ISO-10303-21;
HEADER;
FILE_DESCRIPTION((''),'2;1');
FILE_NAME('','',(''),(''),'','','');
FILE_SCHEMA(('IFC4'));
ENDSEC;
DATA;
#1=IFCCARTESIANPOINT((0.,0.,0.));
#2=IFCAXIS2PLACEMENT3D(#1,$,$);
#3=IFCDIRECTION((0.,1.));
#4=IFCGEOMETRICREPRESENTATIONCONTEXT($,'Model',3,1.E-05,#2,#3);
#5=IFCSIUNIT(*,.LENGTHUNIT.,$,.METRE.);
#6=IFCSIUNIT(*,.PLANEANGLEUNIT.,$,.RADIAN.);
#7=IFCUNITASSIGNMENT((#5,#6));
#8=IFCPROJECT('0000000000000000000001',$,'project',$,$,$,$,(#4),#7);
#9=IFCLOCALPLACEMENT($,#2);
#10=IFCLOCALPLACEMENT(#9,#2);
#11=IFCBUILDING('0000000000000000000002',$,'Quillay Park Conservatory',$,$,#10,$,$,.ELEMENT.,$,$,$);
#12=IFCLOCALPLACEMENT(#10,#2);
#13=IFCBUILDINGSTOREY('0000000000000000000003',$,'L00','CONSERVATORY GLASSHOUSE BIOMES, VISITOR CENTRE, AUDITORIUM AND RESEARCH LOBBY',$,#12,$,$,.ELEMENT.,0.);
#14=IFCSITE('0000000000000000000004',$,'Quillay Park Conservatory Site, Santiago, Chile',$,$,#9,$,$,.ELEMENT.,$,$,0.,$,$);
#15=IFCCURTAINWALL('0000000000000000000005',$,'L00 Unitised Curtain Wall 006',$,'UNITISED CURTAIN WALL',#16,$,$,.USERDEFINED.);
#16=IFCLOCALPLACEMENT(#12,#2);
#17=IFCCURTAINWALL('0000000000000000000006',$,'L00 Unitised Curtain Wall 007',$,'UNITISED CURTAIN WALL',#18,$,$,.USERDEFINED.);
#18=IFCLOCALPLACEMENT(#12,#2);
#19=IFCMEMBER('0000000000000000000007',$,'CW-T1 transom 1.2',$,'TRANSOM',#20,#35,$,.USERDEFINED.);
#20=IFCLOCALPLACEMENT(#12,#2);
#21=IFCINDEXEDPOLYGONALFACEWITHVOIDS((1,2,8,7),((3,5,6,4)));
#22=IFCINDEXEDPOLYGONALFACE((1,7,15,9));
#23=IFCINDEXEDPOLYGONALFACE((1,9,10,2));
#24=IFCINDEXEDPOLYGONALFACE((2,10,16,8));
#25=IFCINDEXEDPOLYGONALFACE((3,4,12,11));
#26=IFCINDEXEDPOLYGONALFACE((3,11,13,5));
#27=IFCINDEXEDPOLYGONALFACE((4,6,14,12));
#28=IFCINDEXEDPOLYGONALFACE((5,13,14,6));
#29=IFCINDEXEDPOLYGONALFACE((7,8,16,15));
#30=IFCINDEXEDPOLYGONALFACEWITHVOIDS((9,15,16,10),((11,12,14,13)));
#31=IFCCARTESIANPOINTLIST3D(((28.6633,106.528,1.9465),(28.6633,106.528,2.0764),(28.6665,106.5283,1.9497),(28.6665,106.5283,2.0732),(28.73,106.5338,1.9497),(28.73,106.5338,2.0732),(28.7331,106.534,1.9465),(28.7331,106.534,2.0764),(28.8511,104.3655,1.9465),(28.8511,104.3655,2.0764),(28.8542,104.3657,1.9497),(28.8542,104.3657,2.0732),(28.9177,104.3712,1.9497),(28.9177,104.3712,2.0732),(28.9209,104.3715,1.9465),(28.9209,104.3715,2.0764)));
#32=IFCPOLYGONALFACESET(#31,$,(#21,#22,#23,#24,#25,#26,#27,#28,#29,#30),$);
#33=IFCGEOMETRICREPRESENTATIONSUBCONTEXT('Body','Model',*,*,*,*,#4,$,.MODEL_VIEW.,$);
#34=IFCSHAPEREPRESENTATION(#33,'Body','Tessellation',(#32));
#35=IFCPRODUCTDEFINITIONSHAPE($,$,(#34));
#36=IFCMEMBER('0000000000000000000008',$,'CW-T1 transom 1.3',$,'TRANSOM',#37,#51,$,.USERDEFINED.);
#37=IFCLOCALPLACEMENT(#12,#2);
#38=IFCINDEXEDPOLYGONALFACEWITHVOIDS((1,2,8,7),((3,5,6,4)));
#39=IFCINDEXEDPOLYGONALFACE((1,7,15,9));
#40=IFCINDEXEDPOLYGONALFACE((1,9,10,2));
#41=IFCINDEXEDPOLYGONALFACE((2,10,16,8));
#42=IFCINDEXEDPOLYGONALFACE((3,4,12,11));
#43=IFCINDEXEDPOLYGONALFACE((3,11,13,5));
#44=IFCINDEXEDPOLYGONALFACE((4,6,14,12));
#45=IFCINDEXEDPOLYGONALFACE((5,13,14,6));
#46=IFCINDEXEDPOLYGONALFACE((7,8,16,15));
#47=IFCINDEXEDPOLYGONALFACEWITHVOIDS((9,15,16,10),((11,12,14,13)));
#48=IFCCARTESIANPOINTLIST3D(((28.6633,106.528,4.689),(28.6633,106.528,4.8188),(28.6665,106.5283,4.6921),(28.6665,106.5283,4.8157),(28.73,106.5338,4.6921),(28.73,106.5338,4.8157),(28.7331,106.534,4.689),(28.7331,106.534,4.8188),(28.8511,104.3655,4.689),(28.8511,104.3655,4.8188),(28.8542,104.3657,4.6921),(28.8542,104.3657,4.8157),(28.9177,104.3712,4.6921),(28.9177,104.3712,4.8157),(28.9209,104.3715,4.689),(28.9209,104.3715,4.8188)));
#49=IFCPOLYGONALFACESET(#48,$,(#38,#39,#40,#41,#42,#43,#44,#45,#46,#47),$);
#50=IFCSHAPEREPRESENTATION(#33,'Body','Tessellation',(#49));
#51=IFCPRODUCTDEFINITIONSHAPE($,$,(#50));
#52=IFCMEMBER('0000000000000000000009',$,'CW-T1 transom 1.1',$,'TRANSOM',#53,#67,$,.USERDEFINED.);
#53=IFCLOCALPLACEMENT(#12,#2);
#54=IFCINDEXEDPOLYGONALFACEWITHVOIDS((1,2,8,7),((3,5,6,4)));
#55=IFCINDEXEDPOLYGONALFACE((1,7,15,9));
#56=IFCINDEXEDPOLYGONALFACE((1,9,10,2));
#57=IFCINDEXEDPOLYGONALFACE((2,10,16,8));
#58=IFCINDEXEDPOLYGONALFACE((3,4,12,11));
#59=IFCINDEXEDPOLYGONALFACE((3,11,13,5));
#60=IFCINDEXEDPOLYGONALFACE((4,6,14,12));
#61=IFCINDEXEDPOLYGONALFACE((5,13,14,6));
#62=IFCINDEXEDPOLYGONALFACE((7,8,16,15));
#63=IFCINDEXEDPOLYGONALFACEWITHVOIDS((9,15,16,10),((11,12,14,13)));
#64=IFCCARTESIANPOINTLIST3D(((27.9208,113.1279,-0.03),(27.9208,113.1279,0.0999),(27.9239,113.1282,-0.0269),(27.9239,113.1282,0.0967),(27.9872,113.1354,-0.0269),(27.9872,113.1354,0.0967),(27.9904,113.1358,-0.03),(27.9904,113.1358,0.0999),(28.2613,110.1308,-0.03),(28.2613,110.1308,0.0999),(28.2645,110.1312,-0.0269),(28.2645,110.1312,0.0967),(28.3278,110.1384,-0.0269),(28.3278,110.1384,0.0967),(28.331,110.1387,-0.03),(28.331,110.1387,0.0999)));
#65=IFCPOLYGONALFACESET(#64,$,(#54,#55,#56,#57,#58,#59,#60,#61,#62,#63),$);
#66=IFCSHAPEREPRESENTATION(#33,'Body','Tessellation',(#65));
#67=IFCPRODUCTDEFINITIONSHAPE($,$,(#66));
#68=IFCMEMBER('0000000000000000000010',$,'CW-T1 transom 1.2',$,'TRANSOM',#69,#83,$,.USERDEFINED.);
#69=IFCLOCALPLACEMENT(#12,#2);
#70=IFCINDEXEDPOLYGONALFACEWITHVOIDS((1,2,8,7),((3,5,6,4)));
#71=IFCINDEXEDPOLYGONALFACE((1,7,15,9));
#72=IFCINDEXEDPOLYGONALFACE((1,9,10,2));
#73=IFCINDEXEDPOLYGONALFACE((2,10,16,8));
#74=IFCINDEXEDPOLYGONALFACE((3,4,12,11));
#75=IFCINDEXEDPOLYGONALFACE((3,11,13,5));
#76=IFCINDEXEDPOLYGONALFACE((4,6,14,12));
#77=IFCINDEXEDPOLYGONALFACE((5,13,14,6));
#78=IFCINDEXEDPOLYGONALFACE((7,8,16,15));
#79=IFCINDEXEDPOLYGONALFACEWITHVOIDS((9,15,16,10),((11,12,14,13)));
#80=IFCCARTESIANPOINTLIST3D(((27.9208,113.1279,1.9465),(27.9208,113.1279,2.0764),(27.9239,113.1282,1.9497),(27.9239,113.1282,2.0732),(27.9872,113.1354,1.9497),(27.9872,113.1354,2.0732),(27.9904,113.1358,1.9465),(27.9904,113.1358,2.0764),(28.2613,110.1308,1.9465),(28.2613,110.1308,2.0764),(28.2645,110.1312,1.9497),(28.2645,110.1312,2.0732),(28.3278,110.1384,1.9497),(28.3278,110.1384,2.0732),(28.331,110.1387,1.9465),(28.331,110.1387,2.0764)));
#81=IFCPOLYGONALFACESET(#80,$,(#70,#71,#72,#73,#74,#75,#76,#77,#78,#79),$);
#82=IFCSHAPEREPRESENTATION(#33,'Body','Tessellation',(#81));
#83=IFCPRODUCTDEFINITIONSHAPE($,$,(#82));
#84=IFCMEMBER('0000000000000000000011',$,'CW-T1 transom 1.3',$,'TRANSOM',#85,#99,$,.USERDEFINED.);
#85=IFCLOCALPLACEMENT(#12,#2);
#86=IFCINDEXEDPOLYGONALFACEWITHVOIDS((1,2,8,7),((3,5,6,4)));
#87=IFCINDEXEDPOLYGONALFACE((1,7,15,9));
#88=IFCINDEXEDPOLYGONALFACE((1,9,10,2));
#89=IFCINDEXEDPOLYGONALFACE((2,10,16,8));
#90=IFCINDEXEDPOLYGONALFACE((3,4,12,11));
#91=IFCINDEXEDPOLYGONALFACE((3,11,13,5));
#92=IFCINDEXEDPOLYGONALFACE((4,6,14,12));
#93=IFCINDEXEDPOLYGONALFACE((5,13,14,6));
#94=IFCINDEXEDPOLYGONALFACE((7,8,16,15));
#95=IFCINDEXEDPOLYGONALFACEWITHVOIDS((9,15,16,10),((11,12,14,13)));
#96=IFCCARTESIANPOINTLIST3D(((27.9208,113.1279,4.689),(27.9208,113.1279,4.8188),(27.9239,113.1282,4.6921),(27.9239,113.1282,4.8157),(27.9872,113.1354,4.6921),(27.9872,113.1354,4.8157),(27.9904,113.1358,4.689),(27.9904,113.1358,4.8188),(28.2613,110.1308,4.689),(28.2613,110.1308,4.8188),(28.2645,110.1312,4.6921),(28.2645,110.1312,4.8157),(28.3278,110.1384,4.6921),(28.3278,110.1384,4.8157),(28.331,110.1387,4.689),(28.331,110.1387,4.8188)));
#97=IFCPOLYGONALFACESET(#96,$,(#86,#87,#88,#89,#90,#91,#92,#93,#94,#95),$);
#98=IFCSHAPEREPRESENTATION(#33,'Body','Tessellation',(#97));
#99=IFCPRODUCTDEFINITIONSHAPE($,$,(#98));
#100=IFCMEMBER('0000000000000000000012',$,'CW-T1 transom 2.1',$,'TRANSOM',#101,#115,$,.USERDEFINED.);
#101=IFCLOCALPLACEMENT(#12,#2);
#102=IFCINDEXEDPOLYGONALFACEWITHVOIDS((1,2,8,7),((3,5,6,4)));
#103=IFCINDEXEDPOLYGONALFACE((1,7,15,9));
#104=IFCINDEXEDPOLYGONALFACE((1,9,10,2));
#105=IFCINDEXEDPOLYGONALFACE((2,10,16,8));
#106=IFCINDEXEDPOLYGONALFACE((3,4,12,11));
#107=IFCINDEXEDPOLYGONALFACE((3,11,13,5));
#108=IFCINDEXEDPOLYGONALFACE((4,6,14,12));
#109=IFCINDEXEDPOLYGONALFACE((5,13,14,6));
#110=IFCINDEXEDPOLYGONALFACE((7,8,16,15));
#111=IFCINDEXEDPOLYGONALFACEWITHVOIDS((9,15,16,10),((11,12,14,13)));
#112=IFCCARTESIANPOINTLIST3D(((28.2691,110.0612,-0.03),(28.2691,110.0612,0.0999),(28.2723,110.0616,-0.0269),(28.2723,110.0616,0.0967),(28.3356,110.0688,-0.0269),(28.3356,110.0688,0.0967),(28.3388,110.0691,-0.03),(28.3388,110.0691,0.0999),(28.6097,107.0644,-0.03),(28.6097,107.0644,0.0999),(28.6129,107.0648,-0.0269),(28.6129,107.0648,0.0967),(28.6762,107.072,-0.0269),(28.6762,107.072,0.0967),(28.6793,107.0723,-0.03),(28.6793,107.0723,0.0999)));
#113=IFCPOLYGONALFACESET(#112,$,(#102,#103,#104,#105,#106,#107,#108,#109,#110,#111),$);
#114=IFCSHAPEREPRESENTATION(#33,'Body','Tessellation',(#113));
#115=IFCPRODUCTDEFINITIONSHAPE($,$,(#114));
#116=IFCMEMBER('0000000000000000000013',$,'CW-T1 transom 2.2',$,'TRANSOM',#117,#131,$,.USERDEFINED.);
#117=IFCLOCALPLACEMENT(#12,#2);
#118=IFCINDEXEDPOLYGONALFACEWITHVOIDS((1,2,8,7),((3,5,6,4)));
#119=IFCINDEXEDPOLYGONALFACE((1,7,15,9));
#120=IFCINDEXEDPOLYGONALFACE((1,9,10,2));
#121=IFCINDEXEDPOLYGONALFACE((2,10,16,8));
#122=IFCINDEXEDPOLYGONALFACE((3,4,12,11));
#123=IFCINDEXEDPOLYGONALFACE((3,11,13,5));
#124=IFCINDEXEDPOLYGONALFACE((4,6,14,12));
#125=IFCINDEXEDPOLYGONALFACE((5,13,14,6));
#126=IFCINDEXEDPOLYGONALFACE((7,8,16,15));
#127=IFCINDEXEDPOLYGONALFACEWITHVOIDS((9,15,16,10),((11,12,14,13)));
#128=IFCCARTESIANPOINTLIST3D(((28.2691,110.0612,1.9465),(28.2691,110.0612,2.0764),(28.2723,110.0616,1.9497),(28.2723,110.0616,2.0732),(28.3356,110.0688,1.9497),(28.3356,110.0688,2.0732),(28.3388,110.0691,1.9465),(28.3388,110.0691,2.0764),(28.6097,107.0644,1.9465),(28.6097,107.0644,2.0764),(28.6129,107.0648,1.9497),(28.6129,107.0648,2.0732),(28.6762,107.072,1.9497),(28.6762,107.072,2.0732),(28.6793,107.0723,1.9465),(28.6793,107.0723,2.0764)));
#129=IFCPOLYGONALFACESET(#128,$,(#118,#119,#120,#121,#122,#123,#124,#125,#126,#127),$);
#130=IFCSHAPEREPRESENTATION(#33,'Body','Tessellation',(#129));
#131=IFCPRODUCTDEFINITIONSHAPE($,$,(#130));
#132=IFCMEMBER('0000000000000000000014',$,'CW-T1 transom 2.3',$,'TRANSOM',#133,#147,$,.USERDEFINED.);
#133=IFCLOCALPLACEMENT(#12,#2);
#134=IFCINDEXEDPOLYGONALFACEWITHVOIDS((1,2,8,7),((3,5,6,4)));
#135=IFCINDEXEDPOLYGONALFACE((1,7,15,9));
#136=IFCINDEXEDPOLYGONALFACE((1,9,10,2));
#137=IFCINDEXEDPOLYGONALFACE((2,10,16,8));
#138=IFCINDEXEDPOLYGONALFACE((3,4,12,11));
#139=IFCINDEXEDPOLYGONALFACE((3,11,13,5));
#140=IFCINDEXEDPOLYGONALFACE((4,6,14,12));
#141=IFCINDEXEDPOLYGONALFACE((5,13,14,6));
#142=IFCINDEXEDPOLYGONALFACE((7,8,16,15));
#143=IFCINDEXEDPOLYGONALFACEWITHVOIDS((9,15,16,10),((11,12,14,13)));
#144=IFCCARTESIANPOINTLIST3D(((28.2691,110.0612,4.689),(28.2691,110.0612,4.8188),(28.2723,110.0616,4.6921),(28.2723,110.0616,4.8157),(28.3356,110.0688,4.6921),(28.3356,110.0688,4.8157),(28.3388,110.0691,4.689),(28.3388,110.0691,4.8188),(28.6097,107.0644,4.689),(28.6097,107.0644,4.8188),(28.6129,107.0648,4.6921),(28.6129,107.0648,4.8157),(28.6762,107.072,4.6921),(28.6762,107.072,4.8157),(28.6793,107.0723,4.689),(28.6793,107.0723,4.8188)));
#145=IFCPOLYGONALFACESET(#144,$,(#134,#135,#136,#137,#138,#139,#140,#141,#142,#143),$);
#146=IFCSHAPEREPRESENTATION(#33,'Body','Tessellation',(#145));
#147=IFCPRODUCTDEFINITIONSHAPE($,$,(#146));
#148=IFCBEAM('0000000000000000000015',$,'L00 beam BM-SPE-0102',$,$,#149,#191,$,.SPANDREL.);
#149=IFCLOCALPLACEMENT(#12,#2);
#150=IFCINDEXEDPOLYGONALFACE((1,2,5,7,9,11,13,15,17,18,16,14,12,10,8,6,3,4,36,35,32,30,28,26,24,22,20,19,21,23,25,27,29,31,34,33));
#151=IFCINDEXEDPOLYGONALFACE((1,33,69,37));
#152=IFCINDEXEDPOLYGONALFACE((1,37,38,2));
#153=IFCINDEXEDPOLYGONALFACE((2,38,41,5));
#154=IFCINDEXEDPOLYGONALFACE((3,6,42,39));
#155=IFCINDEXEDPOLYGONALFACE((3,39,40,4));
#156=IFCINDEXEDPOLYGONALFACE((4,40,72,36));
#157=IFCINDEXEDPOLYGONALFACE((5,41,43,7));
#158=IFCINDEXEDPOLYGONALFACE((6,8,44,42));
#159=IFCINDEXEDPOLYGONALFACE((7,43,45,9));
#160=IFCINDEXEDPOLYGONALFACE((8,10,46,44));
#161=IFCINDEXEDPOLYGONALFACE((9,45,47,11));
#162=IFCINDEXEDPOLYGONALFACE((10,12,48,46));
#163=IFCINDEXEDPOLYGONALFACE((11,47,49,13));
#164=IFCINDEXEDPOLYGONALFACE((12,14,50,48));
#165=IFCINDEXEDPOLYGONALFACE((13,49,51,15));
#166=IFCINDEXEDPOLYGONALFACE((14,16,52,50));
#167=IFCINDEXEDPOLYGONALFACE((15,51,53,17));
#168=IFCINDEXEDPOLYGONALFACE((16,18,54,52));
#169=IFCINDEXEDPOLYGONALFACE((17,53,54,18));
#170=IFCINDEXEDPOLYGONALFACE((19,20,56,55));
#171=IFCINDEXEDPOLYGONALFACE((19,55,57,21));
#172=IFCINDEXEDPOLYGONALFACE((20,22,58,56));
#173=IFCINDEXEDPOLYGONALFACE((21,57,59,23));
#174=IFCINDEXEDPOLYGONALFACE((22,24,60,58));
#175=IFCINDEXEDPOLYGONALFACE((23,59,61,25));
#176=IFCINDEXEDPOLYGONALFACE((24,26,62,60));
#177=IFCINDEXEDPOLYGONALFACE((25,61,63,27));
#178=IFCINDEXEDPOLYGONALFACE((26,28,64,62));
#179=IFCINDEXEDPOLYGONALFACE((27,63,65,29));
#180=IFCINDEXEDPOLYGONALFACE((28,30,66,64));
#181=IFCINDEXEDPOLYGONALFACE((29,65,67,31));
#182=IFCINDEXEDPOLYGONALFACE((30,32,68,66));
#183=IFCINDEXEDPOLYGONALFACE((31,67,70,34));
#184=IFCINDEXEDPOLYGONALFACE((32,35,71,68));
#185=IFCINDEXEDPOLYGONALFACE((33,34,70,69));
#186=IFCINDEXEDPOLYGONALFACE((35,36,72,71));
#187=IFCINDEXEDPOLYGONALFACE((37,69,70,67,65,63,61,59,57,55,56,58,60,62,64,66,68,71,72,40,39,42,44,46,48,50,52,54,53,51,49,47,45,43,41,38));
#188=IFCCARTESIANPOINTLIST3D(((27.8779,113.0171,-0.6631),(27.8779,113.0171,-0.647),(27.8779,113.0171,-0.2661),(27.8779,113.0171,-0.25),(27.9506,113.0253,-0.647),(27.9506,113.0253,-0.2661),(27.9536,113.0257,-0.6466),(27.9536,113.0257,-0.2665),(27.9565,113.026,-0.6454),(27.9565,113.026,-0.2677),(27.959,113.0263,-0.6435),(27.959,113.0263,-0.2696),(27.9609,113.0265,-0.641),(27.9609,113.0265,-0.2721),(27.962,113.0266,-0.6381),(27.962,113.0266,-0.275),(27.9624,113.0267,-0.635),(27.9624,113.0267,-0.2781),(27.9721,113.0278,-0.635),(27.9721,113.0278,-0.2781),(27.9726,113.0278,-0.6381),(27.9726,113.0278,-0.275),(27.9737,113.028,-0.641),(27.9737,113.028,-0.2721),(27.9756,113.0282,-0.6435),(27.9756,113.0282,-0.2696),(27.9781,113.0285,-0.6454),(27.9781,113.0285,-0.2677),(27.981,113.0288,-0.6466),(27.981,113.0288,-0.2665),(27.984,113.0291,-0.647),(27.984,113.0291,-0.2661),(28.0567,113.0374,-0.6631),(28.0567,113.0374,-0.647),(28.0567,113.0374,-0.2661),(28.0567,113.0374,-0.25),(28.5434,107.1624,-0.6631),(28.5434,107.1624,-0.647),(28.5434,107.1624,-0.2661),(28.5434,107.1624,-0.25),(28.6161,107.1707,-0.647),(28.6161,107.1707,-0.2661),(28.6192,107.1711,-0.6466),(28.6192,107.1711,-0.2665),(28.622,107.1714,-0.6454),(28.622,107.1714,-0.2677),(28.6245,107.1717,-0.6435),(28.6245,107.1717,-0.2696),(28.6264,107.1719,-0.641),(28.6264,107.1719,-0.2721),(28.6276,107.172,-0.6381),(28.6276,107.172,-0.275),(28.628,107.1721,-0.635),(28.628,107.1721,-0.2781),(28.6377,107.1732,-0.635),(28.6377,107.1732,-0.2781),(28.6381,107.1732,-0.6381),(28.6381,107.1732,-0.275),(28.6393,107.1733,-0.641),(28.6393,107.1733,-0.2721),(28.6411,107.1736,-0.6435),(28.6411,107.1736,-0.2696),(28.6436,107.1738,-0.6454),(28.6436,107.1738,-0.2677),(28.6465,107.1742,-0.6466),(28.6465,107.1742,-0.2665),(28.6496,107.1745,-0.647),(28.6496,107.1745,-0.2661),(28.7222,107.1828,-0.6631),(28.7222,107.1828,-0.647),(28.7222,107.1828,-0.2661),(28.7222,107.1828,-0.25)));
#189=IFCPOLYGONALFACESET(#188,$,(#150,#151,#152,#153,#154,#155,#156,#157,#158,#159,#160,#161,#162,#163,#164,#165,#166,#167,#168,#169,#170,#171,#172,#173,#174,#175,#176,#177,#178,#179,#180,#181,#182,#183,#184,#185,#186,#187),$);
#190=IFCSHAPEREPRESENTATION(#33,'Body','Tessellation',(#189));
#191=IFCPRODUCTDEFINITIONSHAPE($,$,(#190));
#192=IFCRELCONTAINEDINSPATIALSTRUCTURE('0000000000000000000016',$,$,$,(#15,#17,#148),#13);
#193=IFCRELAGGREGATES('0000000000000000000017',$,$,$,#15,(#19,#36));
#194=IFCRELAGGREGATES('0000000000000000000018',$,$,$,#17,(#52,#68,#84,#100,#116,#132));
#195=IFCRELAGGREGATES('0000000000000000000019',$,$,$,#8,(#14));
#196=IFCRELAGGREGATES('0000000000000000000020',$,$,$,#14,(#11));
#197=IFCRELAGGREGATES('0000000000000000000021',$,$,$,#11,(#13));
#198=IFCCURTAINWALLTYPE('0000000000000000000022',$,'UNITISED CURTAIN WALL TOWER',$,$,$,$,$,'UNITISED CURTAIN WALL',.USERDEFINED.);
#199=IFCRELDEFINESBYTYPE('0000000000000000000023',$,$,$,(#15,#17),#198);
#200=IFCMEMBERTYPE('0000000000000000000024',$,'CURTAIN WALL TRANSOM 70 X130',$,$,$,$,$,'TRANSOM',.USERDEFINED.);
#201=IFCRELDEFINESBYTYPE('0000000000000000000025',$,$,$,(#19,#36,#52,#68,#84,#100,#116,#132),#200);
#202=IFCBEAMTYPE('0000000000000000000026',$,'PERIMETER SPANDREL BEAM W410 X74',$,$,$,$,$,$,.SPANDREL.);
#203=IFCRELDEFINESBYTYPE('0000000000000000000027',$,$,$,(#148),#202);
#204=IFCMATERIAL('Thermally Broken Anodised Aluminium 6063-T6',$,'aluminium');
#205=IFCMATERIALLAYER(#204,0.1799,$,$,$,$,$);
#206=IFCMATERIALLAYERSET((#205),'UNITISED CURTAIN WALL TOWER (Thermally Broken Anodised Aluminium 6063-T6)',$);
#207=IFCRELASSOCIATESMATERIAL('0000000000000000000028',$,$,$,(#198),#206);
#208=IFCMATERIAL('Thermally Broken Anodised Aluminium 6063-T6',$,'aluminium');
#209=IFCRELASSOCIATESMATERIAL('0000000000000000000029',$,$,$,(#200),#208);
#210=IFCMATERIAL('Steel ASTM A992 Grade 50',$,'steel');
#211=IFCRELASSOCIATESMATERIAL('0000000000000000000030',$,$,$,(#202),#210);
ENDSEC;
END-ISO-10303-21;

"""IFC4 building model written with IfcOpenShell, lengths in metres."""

from ifc_helpers import new_model, si_unit, direction, frame, origin, origin_2d, place, context, subcontext, project, spatial, hollow_rectangle, i_section, extrude, material, layer, layer_set, material_profile, profile_set, type_object, element, aggregate, save


model = new_model("IFC4")

# Units and contexts
model_context = context("Model", 3, precision=1e-05, world=origin(), true_north=direction((0.0, 1.0)))
body_context = subcontext(model_context, "Body", "Model", "MODEL_VIEW")
ifc_project = project(units=[si_unit("LENGTHUNIT", "METRE"), si_unit("PLANEANGLEUNIT", "RADIAN")], contexts=[model_context])

# Site, building, storey
site_placement = place(None, origin())
site = spatial("IfcSite", under=ifc_project, at=site_placement, Name="Quillay Park Conservatory Site, Santiago, Chile", CompositionType="ELEMENT", RefElevation=0.0)
building_placement = place(site_placement, origin())
building = spatial("IfcBuilding", under=site, at=building_placement, Name="Quillay Park Conservatory", CompositionType="ELEMENT")
storey_placement = place(building_placement, origin())
storey = spatial("IfcBuildingStorey", under=building, at=storey_placement, Name="L00", Description="CONSERVATORY GLASSHOUSE BIOMES, VISITOR CENTRE, AUDITORIUM AND RESEARCH LOBBY", CompositionType="ELEMENT", Elevation=0.0)

# Curtain wall
ifc_material_1 = material(Name="Thermally Broken Anodised Aluminium 6063-T6", Category="aluminium")
ifc_layer_1 = layer(ifc_material_1, 0.1799)
ifc_layer_set_1 = layer_set([ifc_layer_1], Name="UNITISED CURTAIN WALL TOWER (Thermally Broken Anodised Aluminium 6063-T6)")
curtain_wall_type = type_object("IfcCurtainWallType", Name="UNITISED CURTAIN WALL TOWER", ElementType="UNITISED CURTAIN WALL", PredefinedType="USERDEFINED", material=ifc_layer_set_1)
curtain_wall_1_placement = place(storey_placement, origin())
curtain_wall_1 = element("IfcCurtainWall", 1, at=curtain_wall_1_placement, inside=storey, type_object=curtain_wall_type, Name="L00 Unitised Curtain Wall 006", ObjectType="UNITISED CURTAIN WALL", PredefinedType="USERDEFINED")

# Curtain wall
curtain_wall_2_placement = place(storey_placement, origin())
curtain_wall_2 = element("IfcCurtainWall", 2, at=curtain_wall_2_placement, inside=storey, type_object=curtain_wall_type, Name="L00 Unitised Curtain Wall 007", ObjectType="UNITISED CURTAIN WALL", PredefinedType="USERDEFINED")

# Members
ifc_material_2 = material(Name="Thermally Broken Anodised Aluminium 6063-T6", Category="aluminium")
ifc_material_profile_1 = material_profile(ifc_material_2, hollow_rectangle(XDim=0.0701, YDim=0.1299, WallThickness=0.0032, at=origin_2d()), Name="AL70x130x3.2")
ifc_profile_set_1 = profile_set([ifc_material_profile_1], Name="Thermally Broken Anodised Aluminium 6063-T6")
member_type_1 = type_object("IfcMemberType", Name="CURTAIN WALL TRANSOM 70 X130", ElementType="TRANSOM", PredefinedType="USERDEFINED", material=ifc_profile_set_1)
member_1_placement = place(storey_placement, frame((28.6982, 106.531, 2.0115), z_axis=(0.086489, -0.996253, 0.0), x_axis=(0.996253, 0.086489, 0.0)))
member_1 = element("IfcMember", 3, at=member_1_placement, type_object=member_type_1, Name="CW-T1 transom 1.2", ObjectType="TRANSOM", PredefinedType="USERDEFINED", context=body_context, shape_type="SweptSolid", body=[
    extrude(hollow_rectangle(XDim=0.0701, YDim=0.1299, WallThickness=0.0032, at=origin_2d()), origin(), (0.0, 0.0, 1.0), 2.1707),
])
member_2_placement = place(storey_placement, frame((28.6982, 106.531, 4.7539), z_axis=(0.086489, -0.996253, 0.0), x_axis=(0.996253, 0.086489, 0.0)))
member_2 = element("IfcMember", 4, at=member_2_placement, type_object=member_type_1, Name="CW-T1 transom 1.3", ObjectType="TRANSOM", PredefinedType="USERDEFINED", context=body_context, shape_type="SweptSolid", body=[
    extrude(hollow_rectangle(XDim=0.0701, YDim=0.1299, WallThickness=0.0032, at=origin_2d()), origin(), (0.0, 0.0, 1.0), 2.1707),
])
aggregate(curtain_wall_1, [member_1, member_2])
member_3_placement = place(storey_placement, frame((27.9556, 113.1318, 0.0349), z_axis=(0.11291, -0.993605, 0.0), x_axis=(0.993605, 0.11291, 0.0)))
member_3 = element("IfcMember", 5, at=member_3_placement, type_object=member_type_1, Name="CW-T1 transom 1.1", ObjectType="TRANSOM", PredefinedType="USERDEFINED", context=body_context, shape_type="SweptSolid", body=[
    extrude(hollow_rectangle(XDim=0.0701, YDim=0.1299, WallThickness=0.0032, at=origin_2d()), origin(), (0.0, 0.0, 1.0), 3.0164),
])
member_4_placement = place(storey_placement, frame((27.9556, 113.1318, 2.0115), z_axis=(0.11291, -0.993605, 0.0), x_axis=(0.993605, 0.11291, 0.0)))
member_4 = element("IfcMember", 6, at=member_4_placement, type_object=member_type_1, Name="CW-T1 transom 1.2", ObjectType="TRANSOM", PredefinedType="USERDEFINED", context=body_context, shape_type="SweptSolid", body=[
    extrude(hollow_rectangle(XDim=0.0701, YDim=0.1299, WallThickness=0.0032, at=origin_2d()), origin(), (0.0, 0.0, 1.0), 3.0164),
])
member_5_placement = place(storey_placement, frame((27.9556, 113.1318, 4.7539), z_axis=(0.11291, -0.993605, 0.0), x_axis=(0.993605, 0.11291, 0.0)))
member_5 = element("IfcMember", 7, at=member_5_placement, type_object=member_type_1, Name="CW-T1 transom 1.3", ObjectType="TRANSOM", PredefinedType="USERDEFINED", context=body_context, shape_type="SweptSolid", body=[
    extrude(hollow_rectangle(XDim=0.0701, YDim=0.1299, WallThickness=0.0032, at=origin_2d()), origin(), (0.0, 0.0, 1.0), 3.0164),
])
member_6_placement = place(storey_placement, frame((28.304, 110.0652, 0.0349), z_axis=(0.112919, -0.993604, 0.0), x_axis=(0.993604, 0.112919, 0.0)))
member_6 = element("IfcMember", 8, at=member_6_placement, type_object=member_type_1, Name="CW-T1 transom 2.1", ObjectType="TRANSOM", PredefinedType="USERDEFINED", context=body_context, shape_type="SweptSolid", body=[
    extrude(hollow_rectangle(XDim=0.0701, YDim=0.1299, WallThickness=0.0032, at=origin_2d()), origin(), (0.0, 0.0, 1.0), 3.0161),
])
member_7_placement = place(storey_placement, frame((28.304, 110.0652, 2.0115), z_axis=(0.112919, -0.993604, 0.0), x_axis=(0.993604, 0.112919, 0.0)))
member_7 = element("IfcMember", 9, at=member_7_placement, type_object=member_type_1, Name="CW-T1 transom 2.2", ObjectType="TRANSOM", PredefinedType="USERDEFINED", context=body_context, shape_type="SweptSolid", body=[
    extrude(hollow_rectangle(XDim=0.0701, YDim=0.1299, WallThickness=0.0032, at=origin_2d()), origin(), (0.0, 0.0, 1.0), 3.0161),
])
member_8_placement = place(storey_placement, frame((28.304, 110.0652, 4.7539), z_axis=(0.112919, -0.993604, 0.0), x_axis=(0.993604, 0.112919, 0.0)))
member_8 = element("IfcMember", 10, at=member_8_placement, type_object=member_type_1, Name="CW-T1 transom 2.3", ObjectType="TRANSOM", PredefinedType="USERDEFINED", context=body_context, shape_type="SweptSolid", body=[
    extrude(hollow_rectangle(XDim=0.0701, YDim=0.1299, WallThickness=0.0032, at=origin_2d()), origin(), (0.0, 0.0, 1.0), 3.0161),
])

# Beam
ifc_material_3 = material(Name="Steel ASTM A992 Grade 50", Category="steel")
ifc_material_profile_2 = material_profile(ifc_material_3, i_section(OverallWidth=0.1799, OverallDepth=0.4131, WebThickness=0.0098, FlangeThickness=0.0161, FilletRadius=0.012, at=origin_2d()), Name="W410x74")
ifc_profile_set_2 = profile_set([ifc_material_profile_2], Name="Steel ASTM A992 Grade 50")
beam_type = type_object("IfcBeamType", Name="PERIMETER SPANDREL BEAM W410 X74", PredefinedType="SPANDREL", material=ifc_profile_set_2)
beam_placement = place(storey_placement, frame((28.6328, 107.1726, -0.4565), z_axis=(-0.112946, 0.993601, 0.0), x_axis=(-0.993601, -0.112946, 0.0)))
element("IfcBeam", 11, at=beam_placement, inside=storey, type_object=beam_type, Name="L00 beam BM-SPE-0102", PredefinedType="SPANDREL", context=body_context, shape_type="SweptSolid", body=[
    extrude(i_section(OverallWidth=0.1799, OverallDepth=0.4131, WebThickness=0.0098, FlangeThickness=0.0161, FilletRadius=0.012, at=origin_2d()), origin(), (0.0, 0.0, 1.0), 5.8923),
])

aggregate(curtain_wall_2, [member_3, member_4, member_5, member_6, member_7, member_8])

save(model, "model.ifc")
